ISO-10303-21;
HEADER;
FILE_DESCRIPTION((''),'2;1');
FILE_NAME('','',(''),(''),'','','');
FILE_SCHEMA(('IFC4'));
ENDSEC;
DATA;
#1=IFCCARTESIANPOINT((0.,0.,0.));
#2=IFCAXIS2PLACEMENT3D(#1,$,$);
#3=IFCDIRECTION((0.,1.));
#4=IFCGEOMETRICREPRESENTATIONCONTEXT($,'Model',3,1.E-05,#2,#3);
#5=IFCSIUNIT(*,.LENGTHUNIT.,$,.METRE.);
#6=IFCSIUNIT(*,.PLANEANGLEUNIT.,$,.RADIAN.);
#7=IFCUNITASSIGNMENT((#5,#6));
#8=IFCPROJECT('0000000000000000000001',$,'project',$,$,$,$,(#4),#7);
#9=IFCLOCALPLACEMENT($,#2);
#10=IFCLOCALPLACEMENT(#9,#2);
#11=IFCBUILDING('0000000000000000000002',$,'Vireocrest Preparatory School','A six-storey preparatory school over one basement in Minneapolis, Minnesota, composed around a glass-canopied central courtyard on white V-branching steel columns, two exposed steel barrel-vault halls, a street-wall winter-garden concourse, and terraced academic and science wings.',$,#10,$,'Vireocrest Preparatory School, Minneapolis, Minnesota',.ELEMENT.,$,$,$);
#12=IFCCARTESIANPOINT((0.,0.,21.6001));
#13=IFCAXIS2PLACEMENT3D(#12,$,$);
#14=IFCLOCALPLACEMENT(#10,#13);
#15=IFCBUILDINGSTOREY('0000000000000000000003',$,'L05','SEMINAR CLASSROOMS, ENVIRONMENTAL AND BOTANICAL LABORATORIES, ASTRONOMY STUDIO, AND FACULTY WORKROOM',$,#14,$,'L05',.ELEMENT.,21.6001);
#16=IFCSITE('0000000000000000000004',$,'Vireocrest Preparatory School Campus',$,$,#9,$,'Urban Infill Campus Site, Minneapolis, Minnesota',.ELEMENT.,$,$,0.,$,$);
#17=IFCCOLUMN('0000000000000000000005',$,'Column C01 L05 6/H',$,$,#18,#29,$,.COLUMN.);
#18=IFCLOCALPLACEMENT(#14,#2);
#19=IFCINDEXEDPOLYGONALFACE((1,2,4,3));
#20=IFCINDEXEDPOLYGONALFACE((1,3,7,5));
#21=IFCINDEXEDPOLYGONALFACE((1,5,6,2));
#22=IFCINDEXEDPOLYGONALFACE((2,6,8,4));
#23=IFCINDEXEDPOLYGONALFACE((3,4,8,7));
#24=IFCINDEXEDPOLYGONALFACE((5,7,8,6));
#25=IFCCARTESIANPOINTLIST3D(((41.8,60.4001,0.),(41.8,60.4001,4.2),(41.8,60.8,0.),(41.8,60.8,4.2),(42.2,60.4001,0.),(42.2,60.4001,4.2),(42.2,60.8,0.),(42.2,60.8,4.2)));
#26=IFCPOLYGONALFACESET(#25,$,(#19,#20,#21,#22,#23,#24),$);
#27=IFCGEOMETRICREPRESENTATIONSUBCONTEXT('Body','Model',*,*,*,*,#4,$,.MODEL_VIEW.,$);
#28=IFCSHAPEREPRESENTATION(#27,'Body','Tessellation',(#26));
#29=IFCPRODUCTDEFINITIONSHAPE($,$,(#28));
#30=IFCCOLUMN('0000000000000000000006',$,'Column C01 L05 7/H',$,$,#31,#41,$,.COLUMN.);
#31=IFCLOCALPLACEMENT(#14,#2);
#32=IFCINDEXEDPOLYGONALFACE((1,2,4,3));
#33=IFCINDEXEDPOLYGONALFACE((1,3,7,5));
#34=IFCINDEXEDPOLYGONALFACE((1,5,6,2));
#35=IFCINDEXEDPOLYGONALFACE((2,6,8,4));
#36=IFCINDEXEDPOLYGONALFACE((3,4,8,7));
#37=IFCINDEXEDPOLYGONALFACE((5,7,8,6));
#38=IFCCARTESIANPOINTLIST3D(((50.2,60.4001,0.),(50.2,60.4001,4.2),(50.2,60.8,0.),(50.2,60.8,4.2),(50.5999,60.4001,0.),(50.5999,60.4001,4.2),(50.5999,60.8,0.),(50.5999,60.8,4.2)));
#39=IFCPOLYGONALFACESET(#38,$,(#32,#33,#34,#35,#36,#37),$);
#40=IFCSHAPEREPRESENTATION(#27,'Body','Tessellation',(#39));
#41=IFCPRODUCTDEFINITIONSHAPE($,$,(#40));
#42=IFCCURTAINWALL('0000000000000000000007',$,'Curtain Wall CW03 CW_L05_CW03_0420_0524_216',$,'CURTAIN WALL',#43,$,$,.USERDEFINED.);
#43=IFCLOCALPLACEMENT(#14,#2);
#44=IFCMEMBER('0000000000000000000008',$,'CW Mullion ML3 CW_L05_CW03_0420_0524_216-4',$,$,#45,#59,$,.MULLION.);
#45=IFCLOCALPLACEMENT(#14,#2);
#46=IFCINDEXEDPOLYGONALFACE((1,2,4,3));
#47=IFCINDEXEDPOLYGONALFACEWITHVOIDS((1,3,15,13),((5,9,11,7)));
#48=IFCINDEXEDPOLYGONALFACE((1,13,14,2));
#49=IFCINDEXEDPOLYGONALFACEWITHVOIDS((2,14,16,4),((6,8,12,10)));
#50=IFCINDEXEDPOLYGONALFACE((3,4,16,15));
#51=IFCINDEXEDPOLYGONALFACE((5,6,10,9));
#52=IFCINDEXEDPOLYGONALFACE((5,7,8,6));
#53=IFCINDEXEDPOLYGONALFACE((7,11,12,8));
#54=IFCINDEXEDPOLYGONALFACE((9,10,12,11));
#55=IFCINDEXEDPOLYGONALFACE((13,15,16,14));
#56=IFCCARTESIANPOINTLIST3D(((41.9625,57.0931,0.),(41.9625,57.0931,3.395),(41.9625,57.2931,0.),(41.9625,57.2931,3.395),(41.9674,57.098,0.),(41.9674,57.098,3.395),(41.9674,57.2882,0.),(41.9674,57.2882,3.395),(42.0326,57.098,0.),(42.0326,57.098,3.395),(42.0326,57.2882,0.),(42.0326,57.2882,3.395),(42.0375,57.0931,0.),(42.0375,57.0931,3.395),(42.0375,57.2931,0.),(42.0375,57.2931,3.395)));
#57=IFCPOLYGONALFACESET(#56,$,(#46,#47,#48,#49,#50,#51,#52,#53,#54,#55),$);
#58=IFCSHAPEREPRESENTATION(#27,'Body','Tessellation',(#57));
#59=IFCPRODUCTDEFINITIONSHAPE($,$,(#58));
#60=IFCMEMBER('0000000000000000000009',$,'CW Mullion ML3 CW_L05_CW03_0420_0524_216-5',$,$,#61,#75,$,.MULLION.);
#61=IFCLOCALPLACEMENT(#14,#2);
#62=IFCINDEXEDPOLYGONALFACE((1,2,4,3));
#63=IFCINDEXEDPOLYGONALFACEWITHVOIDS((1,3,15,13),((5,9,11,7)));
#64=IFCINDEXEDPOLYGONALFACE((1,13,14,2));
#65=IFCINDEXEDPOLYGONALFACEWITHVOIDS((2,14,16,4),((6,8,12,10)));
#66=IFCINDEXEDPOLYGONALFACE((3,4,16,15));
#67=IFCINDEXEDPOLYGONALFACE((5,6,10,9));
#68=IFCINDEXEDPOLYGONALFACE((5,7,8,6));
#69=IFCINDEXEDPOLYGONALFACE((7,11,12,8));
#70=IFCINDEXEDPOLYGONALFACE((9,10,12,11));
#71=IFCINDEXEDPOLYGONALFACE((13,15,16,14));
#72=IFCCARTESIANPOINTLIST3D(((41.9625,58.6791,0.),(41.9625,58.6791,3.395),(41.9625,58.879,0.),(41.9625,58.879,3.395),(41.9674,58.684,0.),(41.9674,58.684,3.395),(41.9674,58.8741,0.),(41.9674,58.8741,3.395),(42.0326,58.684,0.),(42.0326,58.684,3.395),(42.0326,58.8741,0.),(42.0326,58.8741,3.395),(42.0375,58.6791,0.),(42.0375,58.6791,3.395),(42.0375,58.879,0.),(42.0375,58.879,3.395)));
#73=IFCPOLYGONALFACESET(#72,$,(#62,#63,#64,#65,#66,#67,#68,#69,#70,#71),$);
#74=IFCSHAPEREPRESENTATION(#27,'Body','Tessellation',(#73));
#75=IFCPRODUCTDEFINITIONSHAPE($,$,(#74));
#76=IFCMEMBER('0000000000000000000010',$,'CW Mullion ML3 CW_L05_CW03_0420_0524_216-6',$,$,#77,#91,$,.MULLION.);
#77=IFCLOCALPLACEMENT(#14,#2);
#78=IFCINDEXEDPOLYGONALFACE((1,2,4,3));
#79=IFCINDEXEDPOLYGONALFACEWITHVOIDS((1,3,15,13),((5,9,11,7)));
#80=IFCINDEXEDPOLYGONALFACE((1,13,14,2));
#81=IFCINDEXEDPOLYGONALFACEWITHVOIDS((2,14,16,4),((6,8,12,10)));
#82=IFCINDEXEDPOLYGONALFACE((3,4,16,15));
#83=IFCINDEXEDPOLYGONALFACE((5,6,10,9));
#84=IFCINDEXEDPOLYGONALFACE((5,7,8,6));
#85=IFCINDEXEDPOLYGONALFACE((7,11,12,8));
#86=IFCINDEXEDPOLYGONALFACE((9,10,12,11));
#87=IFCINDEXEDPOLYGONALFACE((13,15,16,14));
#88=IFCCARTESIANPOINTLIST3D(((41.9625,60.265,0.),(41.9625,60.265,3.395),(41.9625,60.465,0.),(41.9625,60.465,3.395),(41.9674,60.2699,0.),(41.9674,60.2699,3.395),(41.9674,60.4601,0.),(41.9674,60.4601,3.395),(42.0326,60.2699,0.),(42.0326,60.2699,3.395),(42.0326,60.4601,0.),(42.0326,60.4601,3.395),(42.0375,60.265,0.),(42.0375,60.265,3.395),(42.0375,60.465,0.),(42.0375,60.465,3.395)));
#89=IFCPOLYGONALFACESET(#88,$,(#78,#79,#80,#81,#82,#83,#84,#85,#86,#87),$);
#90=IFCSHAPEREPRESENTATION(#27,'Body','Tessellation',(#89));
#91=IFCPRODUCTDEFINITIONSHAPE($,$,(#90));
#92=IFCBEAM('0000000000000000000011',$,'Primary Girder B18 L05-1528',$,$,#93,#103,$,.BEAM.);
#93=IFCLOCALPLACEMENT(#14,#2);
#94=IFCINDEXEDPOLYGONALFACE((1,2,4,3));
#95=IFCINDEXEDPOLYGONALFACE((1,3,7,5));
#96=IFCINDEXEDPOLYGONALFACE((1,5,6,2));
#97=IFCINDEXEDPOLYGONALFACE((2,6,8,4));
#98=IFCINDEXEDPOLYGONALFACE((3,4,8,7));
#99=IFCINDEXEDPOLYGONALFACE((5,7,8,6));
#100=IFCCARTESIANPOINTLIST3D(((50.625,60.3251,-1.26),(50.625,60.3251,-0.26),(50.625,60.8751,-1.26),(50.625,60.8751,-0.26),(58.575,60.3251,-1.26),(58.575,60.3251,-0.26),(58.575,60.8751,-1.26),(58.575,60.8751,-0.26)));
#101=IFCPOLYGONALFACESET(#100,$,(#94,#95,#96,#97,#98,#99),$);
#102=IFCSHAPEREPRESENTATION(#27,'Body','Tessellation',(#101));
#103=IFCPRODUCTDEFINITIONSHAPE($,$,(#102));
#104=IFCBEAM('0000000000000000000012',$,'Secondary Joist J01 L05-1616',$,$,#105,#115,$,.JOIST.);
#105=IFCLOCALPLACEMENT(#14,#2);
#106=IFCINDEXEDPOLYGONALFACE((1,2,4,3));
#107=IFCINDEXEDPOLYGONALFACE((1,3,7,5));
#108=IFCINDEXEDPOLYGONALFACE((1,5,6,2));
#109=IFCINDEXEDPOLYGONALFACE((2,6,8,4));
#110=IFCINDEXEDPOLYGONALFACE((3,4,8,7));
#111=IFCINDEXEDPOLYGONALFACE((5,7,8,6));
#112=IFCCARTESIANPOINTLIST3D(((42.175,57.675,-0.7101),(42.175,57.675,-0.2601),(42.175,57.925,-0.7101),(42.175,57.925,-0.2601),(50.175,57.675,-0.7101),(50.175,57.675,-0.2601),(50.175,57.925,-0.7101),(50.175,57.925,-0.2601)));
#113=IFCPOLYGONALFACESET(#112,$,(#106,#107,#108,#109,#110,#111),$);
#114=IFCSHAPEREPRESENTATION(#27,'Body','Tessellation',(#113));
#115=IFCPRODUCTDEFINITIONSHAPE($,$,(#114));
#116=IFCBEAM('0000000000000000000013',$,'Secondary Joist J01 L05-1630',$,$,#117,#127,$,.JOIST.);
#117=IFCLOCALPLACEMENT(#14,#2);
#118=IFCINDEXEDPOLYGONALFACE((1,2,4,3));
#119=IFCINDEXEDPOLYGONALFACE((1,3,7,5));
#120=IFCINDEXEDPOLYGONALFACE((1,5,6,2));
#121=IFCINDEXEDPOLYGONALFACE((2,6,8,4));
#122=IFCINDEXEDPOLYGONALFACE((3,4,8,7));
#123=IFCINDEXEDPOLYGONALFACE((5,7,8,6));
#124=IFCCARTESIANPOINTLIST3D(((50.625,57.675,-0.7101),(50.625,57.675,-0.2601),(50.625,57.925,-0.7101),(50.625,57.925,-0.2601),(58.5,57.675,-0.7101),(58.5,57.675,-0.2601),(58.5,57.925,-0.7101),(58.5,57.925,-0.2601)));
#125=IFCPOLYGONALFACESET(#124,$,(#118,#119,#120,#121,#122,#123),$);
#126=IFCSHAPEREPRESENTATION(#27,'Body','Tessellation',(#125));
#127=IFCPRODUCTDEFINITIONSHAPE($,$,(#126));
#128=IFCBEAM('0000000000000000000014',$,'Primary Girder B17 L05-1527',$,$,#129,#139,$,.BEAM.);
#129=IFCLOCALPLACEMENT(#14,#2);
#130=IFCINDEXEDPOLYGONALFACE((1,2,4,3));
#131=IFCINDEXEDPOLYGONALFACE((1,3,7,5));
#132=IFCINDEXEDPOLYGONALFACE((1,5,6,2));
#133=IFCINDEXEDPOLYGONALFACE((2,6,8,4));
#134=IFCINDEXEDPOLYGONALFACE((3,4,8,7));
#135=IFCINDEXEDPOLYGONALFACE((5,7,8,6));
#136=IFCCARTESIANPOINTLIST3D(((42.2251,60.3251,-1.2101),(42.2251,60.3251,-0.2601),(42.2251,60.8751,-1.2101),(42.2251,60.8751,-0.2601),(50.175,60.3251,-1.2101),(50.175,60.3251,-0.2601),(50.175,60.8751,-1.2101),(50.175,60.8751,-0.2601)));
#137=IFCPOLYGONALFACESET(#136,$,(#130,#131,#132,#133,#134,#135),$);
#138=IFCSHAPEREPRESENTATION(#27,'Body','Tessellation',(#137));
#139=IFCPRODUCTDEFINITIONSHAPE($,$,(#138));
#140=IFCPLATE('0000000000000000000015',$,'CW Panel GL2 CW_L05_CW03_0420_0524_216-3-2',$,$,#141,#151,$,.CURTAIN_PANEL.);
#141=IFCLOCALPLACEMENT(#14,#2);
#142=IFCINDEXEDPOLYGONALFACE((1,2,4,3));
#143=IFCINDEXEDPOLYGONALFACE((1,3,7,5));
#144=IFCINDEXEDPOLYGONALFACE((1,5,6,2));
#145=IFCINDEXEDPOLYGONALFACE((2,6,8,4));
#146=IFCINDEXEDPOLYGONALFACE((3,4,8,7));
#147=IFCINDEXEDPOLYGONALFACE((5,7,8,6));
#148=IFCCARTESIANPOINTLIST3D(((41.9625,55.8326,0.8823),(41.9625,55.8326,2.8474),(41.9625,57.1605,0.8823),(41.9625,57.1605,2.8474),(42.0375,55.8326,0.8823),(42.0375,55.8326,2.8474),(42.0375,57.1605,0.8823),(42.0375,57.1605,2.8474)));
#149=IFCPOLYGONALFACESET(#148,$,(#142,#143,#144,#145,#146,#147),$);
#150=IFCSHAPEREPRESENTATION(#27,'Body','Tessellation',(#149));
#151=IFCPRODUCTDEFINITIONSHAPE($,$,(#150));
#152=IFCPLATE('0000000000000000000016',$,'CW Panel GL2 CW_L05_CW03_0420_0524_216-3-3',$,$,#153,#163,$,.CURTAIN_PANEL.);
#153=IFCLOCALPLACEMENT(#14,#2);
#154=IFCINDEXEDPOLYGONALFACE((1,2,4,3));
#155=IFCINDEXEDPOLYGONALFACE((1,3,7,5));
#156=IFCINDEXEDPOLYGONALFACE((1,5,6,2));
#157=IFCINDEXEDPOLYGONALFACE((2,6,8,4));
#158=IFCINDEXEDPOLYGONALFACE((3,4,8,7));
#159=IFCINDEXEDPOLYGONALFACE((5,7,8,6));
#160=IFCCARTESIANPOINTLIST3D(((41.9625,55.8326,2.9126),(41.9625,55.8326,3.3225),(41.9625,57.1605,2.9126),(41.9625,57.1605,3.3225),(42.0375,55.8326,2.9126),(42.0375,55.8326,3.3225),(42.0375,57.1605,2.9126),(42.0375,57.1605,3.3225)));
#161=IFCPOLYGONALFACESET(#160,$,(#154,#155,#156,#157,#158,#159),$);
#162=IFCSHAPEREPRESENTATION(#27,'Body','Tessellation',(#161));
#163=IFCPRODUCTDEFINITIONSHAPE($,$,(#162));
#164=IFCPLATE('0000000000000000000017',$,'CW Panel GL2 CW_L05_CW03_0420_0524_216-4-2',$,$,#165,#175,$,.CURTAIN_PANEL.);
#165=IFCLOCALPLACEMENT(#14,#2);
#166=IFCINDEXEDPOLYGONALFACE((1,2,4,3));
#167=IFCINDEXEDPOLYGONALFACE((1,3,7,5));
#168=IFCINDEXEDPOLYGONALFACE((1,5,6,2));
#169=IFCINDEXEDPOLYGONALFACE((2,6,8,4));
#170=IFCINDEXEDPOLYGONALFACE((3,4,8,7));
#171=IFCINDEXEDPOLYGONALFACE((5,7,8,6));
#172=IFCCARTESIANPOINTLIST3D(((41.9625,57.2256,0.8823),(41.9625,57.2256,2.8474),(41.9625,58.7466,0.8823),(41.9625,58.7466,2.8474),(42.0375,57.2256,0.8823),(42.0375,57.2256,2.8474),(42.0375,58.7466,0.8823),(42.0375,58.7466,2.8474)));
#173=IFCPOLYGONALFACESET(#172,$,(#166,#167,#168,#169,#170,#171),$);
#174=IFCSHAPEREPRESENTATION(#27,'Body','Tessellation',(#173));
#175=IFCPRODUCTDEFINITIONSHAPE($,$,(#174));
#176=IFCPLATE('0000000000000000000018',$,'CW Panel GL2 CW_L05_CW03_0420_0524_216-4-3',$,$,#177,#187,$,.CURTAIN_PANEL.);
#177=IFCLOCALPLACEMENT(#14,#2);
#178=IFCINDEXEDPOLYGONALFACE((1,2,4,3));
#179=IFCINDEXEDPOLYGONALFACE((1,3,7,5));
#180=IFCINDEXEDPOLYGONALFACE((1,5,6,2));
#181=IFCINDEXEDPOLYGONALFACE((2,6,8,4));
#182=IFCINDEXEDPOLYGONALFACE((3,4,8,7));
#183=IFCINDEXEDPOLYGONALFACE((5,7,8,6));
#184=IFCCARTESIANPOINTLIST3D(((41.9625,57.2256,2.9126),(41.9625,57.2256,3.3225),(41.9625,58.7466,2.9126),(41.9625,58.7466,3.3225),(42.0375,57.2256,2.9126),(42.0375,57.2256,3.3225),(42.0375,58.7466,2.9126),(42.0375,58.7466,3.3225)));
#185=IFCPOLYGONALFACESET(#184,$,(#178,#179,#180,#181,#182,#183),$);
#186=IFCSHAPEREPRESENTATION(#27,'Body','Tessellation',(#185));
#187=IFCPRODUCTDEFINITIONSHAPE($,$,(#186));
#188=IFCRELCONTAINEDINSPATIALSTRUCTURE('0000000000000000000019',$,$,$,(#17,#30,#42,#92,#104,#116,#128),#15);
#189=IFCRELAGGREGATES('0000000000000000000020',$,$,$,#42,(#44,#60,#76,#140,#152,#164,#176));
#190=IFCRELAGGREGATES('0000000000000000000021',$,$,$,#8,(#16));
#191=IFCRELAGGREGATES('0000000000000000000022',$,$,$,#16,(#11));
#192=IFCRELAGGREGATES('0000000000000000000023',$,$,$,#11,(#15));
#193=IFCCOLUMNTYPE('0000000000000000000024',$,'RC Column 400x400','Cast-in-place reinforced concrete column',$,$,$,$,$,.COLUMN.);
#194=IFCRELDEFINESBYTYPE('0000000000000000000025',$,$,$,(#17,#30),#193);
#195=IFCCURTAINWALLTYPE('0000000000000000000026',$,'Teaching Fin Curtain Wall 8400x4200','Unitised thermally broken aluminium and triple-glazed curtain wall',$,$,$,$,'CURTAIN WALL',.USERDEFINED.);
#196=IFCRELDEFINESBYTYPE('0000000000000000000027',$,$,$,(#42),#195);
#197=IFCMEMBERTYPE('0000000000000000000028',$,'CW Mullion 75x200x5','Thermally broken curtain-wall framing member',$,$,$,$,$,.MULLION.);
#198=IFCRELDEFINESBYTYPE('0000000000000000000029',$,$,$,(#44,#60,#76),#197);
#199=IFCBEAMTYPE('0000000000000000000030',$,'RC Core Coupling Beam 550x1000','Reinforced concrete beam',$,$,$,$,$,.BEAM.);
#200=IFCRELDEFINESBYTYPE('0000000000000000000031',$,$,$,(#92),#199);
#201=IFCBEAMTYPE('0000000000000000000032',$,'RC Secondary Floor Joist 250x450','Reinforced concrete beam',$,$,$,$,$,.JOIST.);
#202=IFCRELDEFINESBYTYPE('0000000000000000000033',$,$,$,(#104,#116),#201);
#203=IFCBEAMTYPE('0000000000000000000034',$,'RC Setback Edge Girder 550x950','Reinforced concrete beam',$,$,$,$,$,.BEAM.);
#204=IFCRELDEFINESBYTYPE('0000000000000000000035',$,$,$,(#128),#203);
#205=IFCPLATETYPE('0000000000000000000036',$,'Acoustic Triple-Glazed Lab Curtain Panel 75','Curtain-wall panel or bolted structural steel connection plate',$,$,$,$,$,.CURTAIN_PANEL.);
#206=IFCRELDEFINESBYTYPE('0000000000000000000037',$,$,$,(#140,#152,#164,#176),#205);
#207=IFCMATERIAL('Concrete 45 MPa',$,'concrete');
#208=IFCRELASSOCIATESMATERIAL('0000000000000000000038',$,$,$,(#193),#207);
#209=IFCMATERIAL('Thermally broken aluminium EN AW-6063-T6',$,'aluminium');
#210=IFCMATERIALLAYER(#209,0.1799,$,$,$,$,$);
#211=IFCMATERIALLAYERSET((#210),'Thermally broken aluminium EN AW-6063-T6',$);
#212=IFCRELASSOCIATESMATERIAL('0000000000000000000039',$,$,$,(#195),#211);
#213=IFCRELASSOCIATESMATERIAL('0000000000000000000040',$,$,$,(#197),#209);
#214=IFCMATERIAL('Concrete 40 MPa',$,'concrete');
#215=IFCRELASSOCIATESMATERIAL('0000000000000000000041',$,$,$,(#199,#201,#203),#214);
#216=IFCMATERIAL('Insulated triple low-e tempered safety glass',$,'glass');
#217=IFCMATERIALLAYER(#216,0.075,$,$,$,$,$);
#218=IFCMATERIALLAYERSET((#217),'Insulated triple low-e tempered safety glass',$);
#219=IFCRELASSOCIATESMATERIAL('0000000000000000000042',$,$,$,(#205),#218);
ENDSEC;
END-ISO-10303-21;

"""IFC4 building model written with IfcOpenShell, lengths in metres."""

from ifc_helpers import new_model, si_unit, direction, frame, origin, origin_2d, place, context, subcontext, project, spatial, rectangle, hollow_rectangle, extrude, material, layer, layer_set, material_profile, profile_set, type_object, element, aggregate, save


model = new_model("IFC4")

# Units and contexts
model_context = context("Model", 3, precision=1e-05, world=origin(), true_north=direction((0.0, 1.0)))
body_context = subcontext(model_context, "Body", "Model", "MODEL_VIEW")
ifc_project = project(units=[si_unit("LENGTHUNIT", "METRE"), si_unit("PLANEANGLEUNIT", "RADIAN")], contexts=[model_context])

# Site, building, storey
site_placement = place(None, origin())
site = spatial("IfcSite", under=ifc_project, at=site_placement, Name="Vireocrest Preparatory School Campus", LongName="Urban Infill Campus Site, Minneapolis, Minnesota", CompositionType="ELEMENT", RefElevation=0.0)
building_placement = place(site_placement, origin())
building = spatial("IfcBuilding", under=site, at=building_placement, Name="Vireocrest Preparatory School", Description="A six-storey preparatory school over one basement in Minneapolis, Minnesota, composed around a glass-canopied central courtyard on white V-branching steel columns, two exposed steel barrel-vault halls, a street-wall winter-garden concourse, and terraced academic and science wings.", LongName="Vireocrest Preparatory School, Minneapolis, Minnesota", CompositionType="ELEMENT")
storey_placement = place(building_placement, frame((0.0, 0.0, 21.6001)))
storey = spatial("IfcBuildingStorey", under=building, at=storey_placement, Name="L05", Description="SEMINAR CLASSROOMS, ENVIRONMENTAL AND BOTANICAL LABORATORIES, ASTRONOMY STUDIO, AND FACULTY WORKROOM", LongName="L05", CompositionType="ELEMENT", Elevation=21.6001)

# Columns
ifc_material_1 = material(Name="Concrete 45 MPa", Category="concrete")
ifc_material_profile_1 = material_profile(ifc_material_1, rectangle(XDim=0.3999, YDim=0.3999, at=origin_2d()), Name="RC 400x400")
ifc_profile_set_1 = profile_set([ifc_material_profile_1], Name="Concrete 45 MPa")
column_type = type_object("IfcColumnType", Name="RC Column 400x400", Description="Cast-in-place reinforced concrete column", PredefinedType="COLUMN", material=ifc_profile_set_1)
for number, where, z_axis, x_axis, name in (
    (1, (42.0, 60.6001, 0.0), (0.0, 0.0, 1.0), (1.0, 0.0, 0.0), "Column C01 L05 6/H"),
    (2, (50.3999, 60.6001, 0.0), (0.0, 0.0, 1.0), (1.0, 0.0, 0.0), "Column C01 L05 7/H"),
):
    element("IfcColumn", number, at=place(storey_placement, frame(where, z_axis=z_axis, x_axis=x_axis)), inside=storey, type_object=column_type, Name=name, PredefinedType="COLUMN", context=body_context, shape_type="SweptSolid", body=[
        extrude(rectangle(XDim=0.3999, YDim=0.3999, at=origin_2d()), origin(), (0.0, 0.0, 1.0), 4.2),
    ])

# Curtain wall, members
ifc_material_2 = material(Name="Thermally broken aluminium EN AW-6063-T6", Category="aluminium")
ifc_layer_1 = layer(ifc_material_2, 0.1799)
ifc_layer_set_1 = layer_set([ifc_layer_1], Name="Thermally broken aluminium EN AW-6063-T6")
curtain_wall_type = type_object("IfcCurtainWallType", Name="Teaching Fin Curtain Wall 8400x4200", Description="Unitised thermally broken aluminium and triple-glazed curtain wall", ElementType="CURTAIN WALL", PredefinedType="USERDEFINED", material=ifc_layer_set_1)
curtain_wall_placement = place(storey_placement, origin())
curtain_wall = element("IfcCurtainWall", 3, at=curtain_wall_placement, inside=storey, type_object=curtain_wall_type, Name="Curtain Wall CW03 CW_L05_CW03_0420_0524_216", ObjectType="CURTAIN WALL", PredefinedType="USERDEFINED")
ifc_material_profile_2 = material_profile(ifc_material_2, hollow_rectangle(XDim=0.075, YDim=0.2, WallThickness=0.0049, at=origin_2d()), Name="ALU 75x200x5")
ifc_profile_set_2 = profile_set([ifc_material_profile_2], Name="Thermally broken aluminium EN AW-6063-T6")
member_type = type_object("IfcMemberType", Name="CW Mullion 75x200x5", Description="Thermally broken curtain-wall framing member", PredefinedType="MULLION", material=ifc_profile_set_2)
member_1_placement = place(storey_placement, frame((42.0, 57.1931, 0.0), z_axis=(0.0, 0.0, 1.0), x_axis=(1.0, 0.0, 0.0)))
member_1 = element("IfcMember", 4, at=member_1_placement, type_object=member_type, Name="CW Mullion ML3 CW_L05_CW03_0420_0524_216-4", PredefinedType="MULLION", context=body_context, shape_type="SweptSolid", body=[
    extrude(hollow_rectangle(XDim=0.075, YDim=0.2, WallThickness=0.0049, at=origin_2d()), origin(), (0.0, 0.0, 1.0), 3.395),
])
member_2_placement = place(storey_placement, frame((42.0, 58.7791, 0.0), z_axis=(0.0, 0.0, 1.0), x_axis=(1.0, 0.0, 0.0)))
member_2 = element("IfcMember", 5, at=member_2_placement, type_object=member_type, Name="CW Mullion ML3 CW_L05_CW03_0420_0524_216-5", PredefinedType="MULLION", context=body_context, shape_type="SweptSolid", body=[
    extrude(hollow_rectangle(XDim=0.075, YDim=0.2, WallThickness=0.0049, at=origin_2d()), origin(), (0.0, 0.0, 1.0), 3.395),
])
member_3_placement = place(storey_placement, frame((42.0, 60.365, 0.0), z_axis=(0.0, 0.0, 1.0), x_axis=(1.0, 0.0, 0.0)))
member_3 = element("IfcMember", 6, at=member_3_placement, type_object=member_type, Name="CW Mullion ML3 CW_L05_CW03_0420_0524_216-6", PredefinedType="MULLION", context=body_context, shape_type="SweptSolid", body=[
    extrude(hollow_rectangle(XDim=0.075, YDim=0.2, WallThickness=0.0049, at=origin_2d()), origin(), (0.0, 0.0, 1.0), 3.395),
])

# Beams
ifc_material_3 = material(Name="Concrete 40 MPa", Category="concrete")
ifc_material_profile_3 = material_profile(ifc_material_3, rectangle(XDim=0.55, YDim=1.0, at=origin_2d()), Name="RC 550x1000")
ifc_profile_set_3 = profile_set([ifc_material_profile_3], Name="Concrete 40 MPa")
beam_type_1 = type_object("IfcBeamType", Name="RC Core Coupling Beam 550x1000", Description="Reinforced concrete beam", PredefinedType="BEAM", material=ifc_profile_set_3)
beam_1_placement = place(storey_placement, frame((50.625, 60.6001, -0.76), z_axis=(1.0, 0.0, 0.0), x_axis=(0.0, 1.0, 0.0)))
element("IfcBeam", 7, at=beam_1_placement, inside=storey, type_object=beam_type_1, Name="Primary Girder B18 L05-1528", PredefinedType="BEAM", context=body_context, shape_type="SweptSolid", body=[
    extrude(rectangle(XDim=0.55, YDim=1.0, at=origin_2d()), origin(), (0.0, 0.0, 1.0), 7.95),
])
ifc_material_profile_4 = material_profile(ifc_material_3, rectangle(XDim=0.25, YDim=0.45, at=origin_2d()), Name="RC 250x450")
ifc_profile_set_4 = profile_set([ifc_material_profile_4], Name="Concrete 40 MPa")
beam_type_2 = type_object("IfcBeamType", Name="RC Secondary Floor Joist 250x450", Description="Reinforced concrete beam", PredefinedType="JOIST", material=ifc_profile_set_4)
beam_2_placement = place(storey_placement, frame((42.175, 57.8, -0.4851), z_axis=(1.0, 0.0, 0.0), x_axis=(0.0, 1.0, 0.0)))
element("IfcBeam", 8, at=beam_2_placement, inside=storey, type_object=beam_type_2, Name="Secondary Joist J01 L05-1616", PredefinedType="JOIST", context=body_context, shape_type="SweptSolid", body=[
    extrude(rectangle(XDim=0.25, YDim=0.45, at=origin_2d()), origin(), (0.0, 0.0, 1.0), 8.0),
])
beam_3_placement = place(storey_placement, frame((50.625, 57.8, -0.4851), z_axis=(1.0, 0.0, 0.0), x_axis=(0.0, 1.0, 0.0)))
element("IfcBeam", 9, at=beam_3_placement, inside=storey, type_object=beam_type_2, Name="Secondary Joist J01 L05-1630", PredefinedType="JOIST", context=body_context, shape_type="SweptSolid", body=[
    extrude(rectangle(XDim=0.25, YDim=0.45, at=origin_2d()), origin(), (0.0, 0.0, 1.0), 7.875),
])
ifc_material_profile_5 = material_profile(ifc_material_3, rectangle(XDim=0.55, YDim=0.95, at=origin_2d()), Name="RC 550x950")
ifc_profile_set_5 = profile_set([ifc_material_profile_5], Name="Concrete 40 MPa")
beam_type_3 = type_object("IfcBeamType", Name="RC Setback Edge Girder 550x950", Description="Reinforced concrete beam", PredefinedType="BEAM", material=ifc_profile_set_5)
beam_4_placement = place(storey_placement, frame((42.2251, 60.6001, -0.7351), z_axis=(1.0, 0.0, 0.0), x_axis=(0.0, 1.0, 0.0)))
element("IfcBeam", 10, at=beam_4_placement, inside=storey, type_object=beam_type_3, Name="Primary Girder B17 L05-1527", PredefinedType="BEAM", context=body_context, shape_type="SweptSolid", body=[
    extrude(rectangle(XDim=0.55, YDim=0.95, at=origin_2d()), origin(), (0.0, 0.0, 1.0), 7.95),
])

# Plates
ifc_material_4 = material(Name="Insulated triple low-e tempered safety glass", Category="glass")
ifc_layer_2 = layer(ifc_material_4, 0.075)
ifc_layer_set_2 = layer_set([ifc_layer_2], Name="Insulated triple low-e tempered safety glass")
plate_type_1 = type_object("IfcPlateType", Name="Acoustic Triple-Glazed Lab Curtain Panel 75", Description="Curtain-wall panel or bolted structural steel connection plate", PredefinedType="CURTAIN_PANEL", material=ifc_layer_set_2)
plate_1_placement = place(storey_placement, frame((42.0, 56.4966, 0.8823), z_axis=(0.0, 0.0, 1.0), x_axis=(0.0, 1.0, 0.0)))
plate_1 = element("IfcPlate", 11, at=plate_1_placement, type_object=plate_type_1, Name="CW Panel GL2 CW_L05_CW03_0420_0524_216-3-2", PredefinedType="CURTAIN_PANEL", context=body_context, shape_type="SweptSolid", body=[
    extrude(rectangle(XDim=1.3279, YDim=0.075, at=origin_2d()), origin(), (0.0, 0.0, 1.0), 1.9651),
])
plate_2_placement = place(storey_placement, frame((42.0, 56.4966, 2.9126), z_axis=(0.0, 0.0, 1.0), x_axis=(0.0, 1.0, 0.0)))
plate_2 = element("IfcPlate", 12, at=plate_2_placement, type_object=plate_type_1, Name="CW Panel GL2 CW_L05_CW03_0420_0524_216-3-3", PredefinedType="CURTAIN_PANEL", context=body_context, shape_type="SweptSolid", body=[
    extrude(rectangle(XDim=1.3279, YDim=0.075, at=origin_2d()), origin(), (0.0, 0.0, 1.0), 0.4099),
])
plate_3_placement = place(storey_placement, frame((42.0, 57.9861, 0.8823), z_axis=(0.0, 0.0, 1.0), x_axis=(0.0, 1.0, 0.0)))
plate_3 = element("IfcPlate", 13, at=plate_3_placement, type_object=plate_type_1, Name="CW Panel GL2 CW_L05_CW03_0420_0524_216-4-2", PredefinedType="CURTAIN_PANEL", context=body_context, shape_type="SweptSolid", body=[
    extrude(rectangle(XDim=1.521, YDim=0.075, at=origin_2d()), origin(), (0.0, 0.0, 1.0), 1.9651),
])
plate_4_placement = place(storey_placement, frame((42.0, 57.9861, 2.9126), z_axis=(0.0, 0.0, 1.0), x_axis=(0.0, 1.0, 0.0)))
plate_4 = element("IfcPlate", 14, at=plate_4_placement, type_object=plate_type_1, Name="CW Panel GL2 CW_L05_CW03_0420_0524_216-4-3", PredefinedType="CURTAIN_PANEL", context=body_context, shape_type="SweptSolid", body=[
    extrude(rectangle(XDim=1.521, YDim=0.075, at=origin_2d()), origin(), (0.0, 0.0, 1.0), 0.4099),
])
aggregate(curtain_wall, [member_1, member_2, member_3, plate_1, plate_2, plate_3, plate_4])

save(model, "model.ifc")
